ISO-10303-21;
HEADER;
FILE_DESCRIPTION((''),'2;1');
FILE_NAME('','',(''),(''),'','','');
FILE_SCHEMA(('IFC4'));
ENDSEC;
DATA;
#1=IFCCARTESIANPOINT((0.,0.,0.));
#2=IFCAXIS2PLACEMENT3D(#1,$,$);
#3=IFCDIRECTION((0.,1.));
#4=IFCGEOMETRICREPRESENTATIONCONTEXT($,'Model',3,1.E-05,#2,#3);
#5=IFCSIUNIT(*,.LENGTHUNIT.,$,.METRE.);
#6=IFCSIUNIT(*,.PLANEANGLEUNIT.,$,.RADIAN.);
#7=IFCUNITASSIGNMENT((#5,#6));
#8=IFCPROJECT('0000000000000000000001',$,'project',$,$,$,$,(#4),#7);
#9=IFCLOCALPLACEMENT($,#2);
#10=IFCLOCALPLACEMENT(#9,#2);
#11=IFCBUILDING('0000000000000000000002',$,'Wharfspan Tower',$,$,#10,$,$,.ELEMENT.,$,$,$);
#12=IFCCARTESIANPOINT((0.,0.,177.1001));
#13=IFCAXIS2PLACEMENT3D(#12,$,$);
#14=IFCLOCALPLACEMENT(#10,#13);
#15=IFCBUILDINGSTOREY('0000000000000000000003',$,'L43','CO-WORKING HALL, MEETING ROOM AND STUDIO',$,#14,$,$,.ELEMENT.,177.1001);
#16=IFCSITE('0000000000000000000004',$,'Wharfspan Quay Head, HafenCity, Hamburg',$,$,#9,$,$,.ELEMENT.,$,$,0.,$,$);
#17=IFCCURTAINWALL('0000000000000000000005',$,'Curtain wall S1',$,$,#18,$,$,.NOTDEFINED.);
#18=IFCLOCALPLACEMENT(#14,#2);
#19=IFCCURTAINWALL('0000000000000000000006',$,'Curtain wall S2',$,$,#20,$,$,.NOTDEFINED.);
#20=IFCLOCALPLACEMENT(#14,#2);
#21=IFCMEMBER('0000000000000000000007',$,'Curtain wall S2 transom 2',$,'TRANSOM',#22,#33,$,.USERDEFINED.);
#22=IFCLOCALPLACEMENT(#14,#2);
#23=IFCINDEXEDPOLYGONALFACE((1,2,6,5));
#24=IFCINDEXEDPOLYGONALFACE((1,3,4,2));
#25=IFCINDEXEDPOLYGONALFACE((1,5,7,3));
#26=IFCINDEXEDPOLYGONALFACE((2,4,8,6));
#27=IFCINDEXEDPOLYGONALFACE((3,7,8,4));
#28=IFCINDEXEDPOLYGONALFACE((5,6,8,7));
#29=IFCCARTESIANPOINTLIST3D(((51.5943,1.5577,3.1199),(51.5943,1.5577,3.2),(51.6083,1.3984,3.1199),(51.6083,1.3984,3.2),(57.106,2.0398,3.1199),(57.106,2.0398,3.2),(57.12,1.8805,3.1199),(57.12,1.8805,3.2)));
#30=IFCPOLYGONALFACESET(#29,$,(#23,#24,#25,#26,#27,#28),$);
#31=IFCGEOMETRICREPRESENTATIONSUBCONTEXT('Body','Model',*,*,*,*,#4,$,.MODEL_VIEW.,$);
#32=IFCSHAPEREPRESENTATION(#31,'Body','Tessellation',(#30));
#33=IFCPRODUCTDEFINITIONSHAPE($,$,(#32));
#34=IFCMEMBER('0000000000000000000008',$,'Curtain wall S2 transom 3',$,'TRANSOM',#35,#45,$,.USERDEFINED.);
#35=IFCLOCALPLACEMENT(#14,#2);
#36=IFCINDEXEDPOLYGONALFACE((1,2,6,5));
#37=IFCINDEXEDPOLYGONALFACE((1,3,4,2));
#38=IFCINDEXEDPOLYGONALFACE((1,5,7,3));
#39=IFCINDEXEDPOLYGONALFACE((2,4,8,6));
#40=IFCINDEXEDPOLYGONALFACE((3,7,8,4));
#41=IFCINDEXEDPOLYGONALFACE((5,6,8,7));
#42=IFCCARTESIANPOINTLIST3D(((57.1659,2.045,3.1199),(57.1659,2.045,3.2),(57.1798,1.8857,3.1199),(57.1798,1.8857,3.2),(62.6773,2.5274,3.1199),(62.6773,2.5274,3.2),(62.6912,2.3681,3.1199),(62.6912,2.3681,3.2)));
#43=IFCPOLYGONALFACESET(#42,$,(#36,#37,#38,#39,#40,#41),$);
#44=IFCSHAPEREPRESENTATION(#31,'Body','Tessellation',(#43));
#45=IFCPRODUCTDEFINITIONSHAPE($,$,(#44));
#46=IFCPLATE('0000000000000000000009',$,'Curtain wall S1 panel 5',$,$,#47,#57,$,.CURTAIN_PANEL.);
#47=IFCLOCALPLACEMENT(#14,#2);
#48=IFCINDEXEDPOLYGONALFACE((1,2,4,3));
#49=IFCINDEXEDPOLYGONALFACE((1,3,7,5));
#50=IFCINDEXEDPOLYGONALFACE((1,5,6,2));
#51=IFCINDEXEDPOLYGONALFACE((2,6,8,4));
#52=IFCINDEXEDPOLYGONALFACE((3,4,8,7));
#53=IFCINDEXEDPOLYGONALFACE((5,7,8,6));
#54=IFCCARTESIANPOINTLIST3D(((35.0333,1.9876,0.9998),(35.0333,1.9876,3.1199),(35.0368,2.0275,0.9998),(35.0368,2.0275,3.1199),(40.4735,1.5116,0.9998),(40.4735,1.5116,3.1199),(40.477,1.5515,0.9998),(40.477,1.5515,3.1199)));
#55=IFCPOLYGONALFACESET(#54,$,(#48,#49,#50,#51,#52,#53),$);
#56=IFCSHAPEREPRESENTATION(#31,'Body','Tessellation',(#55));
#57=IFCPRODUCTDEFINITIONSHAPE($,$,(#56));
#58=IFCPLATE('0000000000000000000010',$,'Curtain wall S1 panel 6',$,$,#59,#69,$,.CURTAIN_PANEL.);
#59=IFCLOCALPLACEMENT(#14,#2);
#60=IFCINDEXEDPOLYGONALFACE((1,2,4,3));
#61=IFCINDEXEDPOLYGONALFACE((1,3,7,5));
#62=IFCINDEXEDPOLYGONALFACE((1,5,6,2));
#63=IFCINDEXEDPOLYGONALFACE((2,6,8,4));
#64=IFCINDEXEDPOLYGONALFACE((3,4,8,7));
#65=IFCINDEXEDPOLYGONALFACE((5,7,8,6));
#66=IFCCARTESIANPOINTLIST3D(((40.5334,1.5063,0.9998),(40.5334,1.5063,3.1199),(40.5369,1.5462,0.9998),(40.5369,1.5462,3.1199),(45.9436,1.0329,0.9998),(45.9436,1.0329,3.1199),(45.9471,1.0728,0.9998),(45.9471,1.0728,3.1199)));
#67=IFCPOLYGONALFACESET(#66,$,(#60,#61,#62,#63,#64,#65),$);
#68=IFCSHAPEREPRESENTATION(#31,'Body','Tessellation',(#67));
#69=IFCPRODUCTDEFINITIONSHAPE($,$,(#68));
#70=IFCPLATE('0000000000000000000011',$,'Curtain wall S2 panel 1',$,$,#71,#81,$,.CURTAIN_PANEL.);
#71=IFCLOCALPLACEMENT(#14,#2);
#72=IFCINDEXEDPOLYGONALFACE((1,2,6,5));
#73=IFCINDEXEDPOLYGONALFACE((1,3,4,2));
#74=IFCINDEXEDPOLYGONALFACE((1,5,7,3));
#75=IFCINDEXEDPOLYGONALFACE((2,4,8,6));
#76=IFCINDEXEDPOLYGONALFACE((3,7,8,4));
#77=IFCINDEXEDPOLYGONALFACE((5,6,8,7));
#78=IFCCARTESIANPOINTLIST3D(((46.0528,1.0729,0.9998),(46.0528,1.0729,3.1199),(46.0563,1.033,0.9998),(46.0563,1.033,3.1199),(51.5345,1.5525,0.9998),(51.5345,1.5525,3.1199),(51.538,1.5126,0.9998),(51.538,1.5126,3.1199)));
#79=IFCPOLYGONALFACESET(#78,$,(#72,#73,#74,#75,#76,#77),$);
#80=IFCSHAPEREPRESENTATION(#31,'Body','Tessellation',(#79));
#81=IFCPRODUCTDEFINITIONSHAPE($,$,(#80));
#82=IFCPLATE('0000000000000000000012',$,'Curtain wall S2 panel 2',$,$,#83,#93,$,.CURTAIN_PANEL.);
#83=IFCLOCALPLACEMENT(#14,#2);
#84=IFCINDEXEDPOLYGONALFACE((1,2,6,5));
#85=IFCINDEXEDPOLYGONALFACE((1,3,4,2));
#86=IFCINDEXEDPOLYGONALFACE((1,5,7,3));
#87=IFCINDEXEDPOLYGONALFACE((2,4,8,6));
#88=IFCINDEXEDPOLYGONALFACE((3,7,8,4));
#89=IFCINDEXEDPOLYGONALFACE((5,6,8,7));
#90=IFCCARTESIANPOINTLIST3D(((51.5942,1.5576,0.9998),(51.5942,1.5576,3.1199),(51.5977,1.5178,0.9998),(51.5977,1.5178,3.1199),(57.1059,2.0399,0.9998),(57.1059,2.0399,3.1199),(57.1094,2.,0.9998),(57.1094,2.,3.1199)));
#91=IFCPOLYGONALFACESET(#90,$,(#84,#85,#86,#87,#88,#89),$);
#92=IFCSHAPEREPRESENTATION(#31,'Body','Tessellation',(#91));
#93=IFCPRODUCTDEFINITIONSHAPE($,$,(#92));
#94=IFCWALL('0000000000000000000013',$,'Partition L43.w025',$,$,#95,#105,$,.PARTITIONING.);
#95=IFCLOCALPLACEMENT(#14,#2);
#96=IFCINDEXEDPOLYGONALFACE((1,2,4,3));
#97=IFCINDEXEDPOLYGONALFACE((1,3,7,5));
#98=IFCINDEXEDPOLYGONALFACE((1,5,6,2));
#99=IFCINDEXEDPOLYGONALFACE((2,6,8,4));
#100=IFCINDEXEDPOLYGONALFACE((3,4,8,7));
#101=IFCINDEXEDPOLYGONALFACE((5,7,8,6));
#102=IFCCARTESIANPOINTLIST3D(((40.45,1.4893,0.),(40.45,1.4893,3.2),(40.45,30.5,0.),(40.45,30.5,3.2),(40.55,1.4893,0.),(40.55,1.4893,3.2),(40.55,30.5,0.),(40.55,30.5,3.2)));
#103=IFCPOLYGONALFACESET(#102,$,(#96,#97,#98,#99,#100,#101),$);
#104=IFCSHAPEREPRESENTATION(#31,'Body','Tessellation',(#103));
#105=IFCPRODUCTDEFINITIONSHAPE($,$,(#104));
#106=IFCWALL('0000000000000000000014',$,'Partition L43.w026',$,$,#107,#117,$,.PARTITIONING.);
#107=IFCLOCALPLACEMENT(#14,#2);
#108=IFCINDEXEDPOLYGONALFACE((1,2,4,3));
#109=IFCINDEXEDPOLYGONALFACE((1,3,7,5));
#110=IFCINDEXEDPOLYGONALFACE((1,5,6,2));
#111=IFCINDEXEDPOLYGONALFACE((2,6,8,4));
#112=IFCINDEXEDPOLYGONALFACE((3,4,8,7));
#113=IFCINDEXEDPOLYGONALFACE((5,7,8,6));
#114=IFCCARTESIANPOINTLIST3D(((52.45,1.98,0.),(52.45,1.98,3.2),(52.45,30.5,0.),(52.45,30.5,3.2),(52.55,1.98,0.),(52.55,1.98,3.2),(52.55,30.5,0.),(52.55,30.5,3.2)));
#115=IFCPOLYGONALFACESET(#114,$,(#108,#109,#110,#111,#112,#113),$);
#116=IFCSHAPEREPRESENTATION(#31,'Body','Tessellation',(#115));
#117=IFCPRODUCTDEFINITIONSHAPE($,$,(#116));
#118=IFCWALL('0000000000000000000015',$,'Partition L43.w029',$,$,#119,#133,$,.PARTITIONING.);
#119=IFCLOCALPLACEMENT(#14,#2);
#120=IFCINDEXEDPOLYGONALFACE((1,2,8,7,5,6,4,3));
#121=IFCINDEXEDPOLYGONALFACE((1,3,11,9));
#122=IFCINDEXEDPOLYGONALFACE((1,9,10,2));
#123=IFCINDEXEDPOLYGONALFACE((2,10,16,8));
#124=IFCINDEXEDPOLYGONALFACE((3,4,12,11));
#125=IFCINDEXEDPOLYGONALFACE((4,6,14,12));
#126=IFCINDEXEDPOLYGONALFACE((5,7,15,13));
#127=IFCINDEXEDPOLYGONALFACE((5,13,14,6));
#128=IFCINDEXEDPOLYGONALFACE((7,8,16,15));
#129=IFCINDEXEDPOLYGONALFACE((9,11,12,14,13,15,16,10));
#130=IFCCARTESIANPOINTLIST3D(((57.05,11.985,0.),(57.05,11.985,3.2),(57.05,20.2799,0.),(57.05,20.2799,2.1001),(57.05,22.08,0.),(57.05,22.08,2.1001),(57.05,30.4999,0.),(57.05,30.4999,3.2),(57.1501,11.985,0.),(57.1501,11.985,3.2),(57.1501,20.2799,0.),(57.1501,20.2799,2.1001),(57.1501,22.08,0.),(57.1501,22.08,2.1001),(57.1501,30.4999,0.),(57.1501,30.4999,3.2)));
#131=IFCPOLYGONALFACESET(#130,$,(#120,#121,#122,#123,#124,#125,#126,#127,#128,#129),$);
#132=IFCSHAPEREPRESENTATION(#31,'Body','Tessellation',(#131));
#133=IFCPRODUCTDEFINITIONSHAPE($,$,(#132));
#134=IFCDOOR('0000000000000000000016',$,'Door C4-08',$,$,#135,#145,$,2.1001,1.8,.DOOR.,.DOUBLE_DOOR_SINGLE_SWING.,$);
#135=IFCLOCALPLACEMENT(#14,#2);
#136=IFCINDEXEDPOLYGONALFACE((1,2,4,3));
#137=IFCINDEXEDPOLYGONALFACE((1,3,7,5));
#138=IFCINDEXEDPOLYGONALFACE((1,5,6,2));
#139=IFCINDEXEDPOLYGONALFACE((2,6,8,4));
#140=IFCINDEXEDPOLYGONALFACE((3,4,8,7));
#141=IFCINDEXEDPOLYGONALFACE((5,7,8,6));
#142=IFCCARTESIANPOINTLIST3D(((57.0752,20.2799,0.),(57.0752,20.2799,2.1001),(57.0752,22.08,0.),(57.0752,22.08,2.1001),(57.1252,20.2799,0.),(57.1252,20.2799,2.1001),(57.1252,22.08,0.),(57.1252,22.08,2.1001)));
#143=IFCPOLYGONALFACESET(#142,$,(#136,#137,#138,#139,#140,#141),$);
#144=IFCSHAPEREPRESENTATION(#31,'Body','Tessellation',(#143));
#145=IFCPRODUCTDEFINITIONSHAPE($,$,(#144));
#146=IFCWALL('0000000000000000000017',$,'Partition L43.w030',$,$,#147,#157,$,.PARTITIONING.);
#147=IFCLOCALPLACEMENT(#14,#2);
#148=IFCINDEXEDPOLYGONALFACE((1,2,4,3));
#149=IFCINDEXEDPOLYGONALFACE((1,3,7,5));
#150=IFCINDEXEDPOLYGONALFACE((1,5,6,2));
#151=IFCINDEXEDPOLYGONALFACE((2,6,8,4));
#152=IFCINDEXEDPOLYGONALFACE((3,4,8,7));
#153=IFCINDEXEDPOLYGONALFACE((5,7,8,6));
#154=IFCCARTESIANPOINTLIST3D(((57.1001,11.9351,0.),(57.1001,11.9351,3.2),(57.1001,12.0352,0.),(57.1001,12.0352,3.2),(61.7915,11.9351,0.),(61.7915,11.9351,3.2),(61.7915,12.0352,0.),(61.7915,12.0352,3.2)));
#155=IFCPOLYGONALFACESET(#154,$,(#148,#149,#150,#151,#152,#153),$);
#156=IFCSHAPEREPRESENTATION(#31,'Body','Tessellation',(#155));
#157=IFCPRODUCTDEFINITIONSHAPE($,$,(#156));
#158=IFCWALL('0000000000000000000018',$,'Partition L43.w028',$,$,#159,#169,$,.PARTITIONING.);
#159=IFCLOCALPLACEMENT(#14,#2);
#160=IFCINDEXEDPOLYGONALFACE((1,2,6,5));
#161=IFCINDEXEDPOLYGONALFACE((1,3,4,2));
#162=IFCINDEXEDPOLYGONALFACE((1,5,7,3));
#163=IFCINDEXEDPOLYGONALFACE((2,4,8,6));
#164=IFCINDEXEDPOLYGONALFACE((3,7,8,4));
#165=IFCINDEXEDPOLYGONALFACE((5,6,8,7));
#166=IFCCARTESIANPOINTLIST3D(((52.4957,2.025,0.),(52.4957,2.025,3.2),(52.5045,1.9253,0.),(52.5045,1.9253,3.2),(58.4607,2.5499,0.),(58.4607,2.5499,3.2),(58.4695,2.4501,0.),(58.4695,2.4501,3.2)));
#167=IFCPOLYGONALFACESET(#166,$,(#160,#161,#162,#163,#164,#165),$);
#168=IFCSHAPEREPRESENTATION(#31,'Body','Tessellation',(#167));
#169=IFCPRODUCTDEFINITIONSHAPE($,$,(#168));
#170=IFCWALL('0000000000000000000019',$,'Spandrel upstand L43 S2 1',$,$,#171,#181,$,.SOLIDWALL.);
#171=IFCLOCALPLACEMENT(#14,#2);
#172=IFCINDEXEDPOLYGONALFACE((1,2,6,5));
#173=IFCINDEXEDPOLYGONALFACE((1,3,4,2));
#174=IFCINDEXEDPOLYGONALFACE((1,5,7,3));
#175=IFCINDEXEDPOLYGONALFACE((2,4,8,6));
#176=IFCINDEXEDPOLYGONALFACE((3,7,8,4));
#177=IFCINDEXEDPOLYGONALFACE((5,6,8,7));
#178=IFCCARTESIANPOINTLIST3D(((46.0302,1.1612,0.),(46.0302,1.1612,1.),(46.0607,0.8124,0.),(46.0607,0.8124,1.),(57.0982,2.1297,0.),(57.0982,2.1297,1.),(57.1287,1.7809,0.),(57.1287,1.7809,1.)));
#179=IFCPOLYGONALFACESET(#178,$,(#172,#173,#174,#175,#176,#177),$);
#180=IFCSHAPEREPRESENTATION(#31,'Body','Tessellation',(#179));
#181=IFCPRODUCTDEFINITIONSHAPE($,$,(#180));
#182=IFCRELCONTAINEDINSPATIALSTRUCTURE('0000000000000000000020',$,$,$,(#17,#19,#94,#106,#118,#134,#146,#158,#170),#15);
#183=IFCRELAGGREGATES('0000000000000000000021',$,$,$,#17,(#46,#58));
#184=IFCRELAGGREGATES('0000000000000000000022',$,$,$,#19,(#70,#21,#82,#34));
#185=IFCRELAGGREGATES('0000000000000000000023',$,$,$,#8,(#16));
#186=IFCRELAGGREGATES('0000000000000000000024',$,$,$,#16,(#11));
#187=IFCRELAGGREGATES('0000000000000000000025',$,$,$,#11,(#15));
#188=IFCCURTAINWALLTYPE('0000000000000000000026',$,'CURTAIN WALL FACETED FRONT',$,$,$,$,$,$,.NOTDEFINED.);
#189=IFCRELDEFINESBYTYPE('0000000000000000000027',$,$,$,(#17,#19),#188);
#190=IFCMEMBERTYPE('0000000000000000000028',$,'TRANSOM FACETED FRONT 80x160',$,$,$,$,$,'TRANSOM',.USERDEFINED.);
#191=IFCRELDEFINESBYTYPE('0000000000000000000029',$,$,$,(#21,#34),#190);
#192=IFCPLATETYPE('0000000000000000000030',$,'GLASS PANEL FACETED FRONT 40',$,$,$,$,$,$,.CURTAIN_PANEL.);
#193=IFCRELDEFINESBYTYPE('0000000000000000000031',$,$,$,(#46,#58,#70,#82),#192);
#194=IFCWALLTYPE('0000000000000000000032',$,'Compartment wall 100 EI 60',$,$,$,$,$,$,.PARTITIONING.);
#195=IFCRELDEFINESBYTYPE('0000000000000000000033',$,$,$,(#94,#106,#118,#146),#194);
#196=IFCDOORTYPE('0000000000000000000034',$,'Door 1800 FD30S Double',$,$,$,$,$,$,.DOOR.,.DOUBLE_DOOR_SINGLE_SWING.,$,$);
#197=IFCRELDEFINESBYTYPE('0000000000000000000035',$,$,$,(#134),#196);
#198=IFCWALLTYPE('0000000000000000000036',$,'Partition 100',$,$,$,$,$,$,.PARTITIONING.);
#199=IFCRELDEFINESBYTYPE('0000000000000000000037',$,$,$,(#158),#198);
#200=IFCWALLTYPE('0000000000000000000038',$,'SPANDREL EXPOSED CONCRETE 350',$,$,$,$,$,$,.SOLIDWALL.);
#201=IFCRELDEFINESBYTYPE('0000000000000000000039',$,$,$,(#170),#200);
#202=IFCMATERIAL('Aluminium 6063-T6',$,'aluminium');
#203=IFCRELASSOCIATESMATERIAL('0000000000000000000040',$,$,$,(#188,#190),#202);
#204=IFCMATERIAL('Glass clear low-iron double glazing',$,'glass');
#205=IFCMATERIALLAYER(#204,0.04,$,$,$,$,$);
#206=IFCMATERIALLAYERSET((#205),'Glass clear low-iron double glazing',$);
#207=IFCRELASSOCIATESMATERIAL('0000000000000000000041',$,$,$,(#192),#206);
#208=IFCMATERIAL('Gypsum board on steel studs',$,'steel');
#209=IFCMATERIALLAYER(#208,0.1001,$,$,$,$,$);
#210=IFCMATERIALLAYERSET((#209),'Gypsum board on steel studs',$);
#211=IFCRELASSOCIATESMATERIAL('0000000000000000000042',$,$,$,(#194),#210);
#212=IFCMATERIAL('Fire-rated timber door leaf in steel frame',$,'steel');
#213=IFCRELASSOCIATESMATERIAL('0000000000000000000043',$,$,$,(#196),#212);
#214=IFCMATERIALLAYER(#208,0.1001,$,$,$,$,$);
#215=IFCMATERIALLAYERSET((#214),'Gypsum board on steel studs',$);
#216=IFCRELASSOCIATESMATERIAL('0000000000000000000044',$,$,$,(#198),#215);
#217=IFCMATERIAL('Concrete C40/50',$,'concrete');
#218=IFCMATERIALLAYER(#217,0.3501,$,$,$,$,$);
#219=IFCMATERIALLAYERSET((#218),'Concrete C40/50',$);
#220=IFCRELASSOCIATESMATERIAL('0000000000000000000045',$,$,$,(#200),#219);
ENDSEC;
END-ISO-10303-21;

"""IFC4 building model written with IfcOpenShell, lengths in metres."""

from ifc_helpers import new_model, si_unit, direction, frame, frame_2d, origin, origin_2d, place, context, subcontext, project, spatial, rectangle, extrude, material, layer, layer_set, material_profile, profile_set, type_object, element, fill, aggregate, save


model = new_model("IFC4")

# Units and contexts
model_context = context("Model", 3, precision=1e-05, world=origin(), true_north=direction((0.0, 1.0)))
body_context = subcontext(model_context, "Body", "Model", "MODEL_VIEW")
ifc_project = project(units=[si_unit("LENGTHUNIT", "METRE"), si_unit("PLANEANGLEUNIT", "RADIAN")], contexts=[model_context])

# Site, building, storey
site_placement = place(None, origin())
site = spatial("IfcSite", under=ifc_project, at=site_placement, Name="Wharfspan Quay Head, HafenCity, Hamburg", CompositionType="ELEMENT", RefElevation=0.0)
building_placement = place(site_placement, origin())
building = spatial("IfcBuilding", under=site, at=building_placement, Name="Wharfspan Tower", CompositionType="ELEMENT")
storey_placement = place(building_placement, frame((0.0, 0.0, 177.1001)))
storey = spatial("IfcBuildingStorey", under=building, at=storey_placement, Name="L43", Description="CO-WORKING HALL, MEETING ROOM AND STUDIO", CompositionType="ELEMENT", Elevation=177.1001)

# Curtain walls
ifc_material_1 = material(Name="Aluminium 6063-T6", Category="aluminium")
curtain_wall_type = type_object("IfcCurtainWallType", Name="CURTAIN WALL FACETED FRONT", PredefinedType="NOTDEFINED", material=ifc_material_1)
curtain_wall_1_placement = place(storey_placement, origin())
curtain_wall_1 = element("IfcCurtainWall", 1, at=curtain_wall_1_placement, inside=storey, type_object=curtain_wall_type, Name="Curtain wall S1", PredefinedType="NOTDEFINED")
curtain_wall_2_placement = place(storey_placement, origin())
curtain_wall_2 = element("IfcCurtainWall", 2, at=curtain_wall_2_placement, inside=storey, type_object=curtain_wall_type, Name="Curtain wall S2", PredefinedType="NOTDEFINED")

# Members
ifc_material_profile_1 = material_profile(ifc_material_1, rectangle(XDim=0.1599, YDim=0.0801, at=origin_2d()))
ifc_profile_set_1 = profile_set([ifc_material_profile_1], Name="Aluminium 6063-T6")
member_type_1 = type_object("IfcMemberType", Name="TRANSOM FACETED FRONT 80x160", ElementType="TRANSOM", PredefinedType="USERDEFINED", material=ifc_profile_set_1)
member_1_placement = place(storey_placement, frame((51.6013, 1.478, 3.1599), z_axis=(0.996195, 0.087149, 0.0), x_axis=(-0.087149, 0.996195, 0.0)))
member_1 = element("IfcMember", 3, at=member_1_placement, type_object=member_type_1, Name="Curtain wall S2 transom 2", ObjectType="TRANSOM", PredefinedType="USERDEFINED", context=body_context, shape_type="SweptSolid", body=[
    extrude(rectangle(XDim=0.1599, YDim=0.0801, at=origin_2d()), origin(), (0.0, 0.0, 1.0), 5.5327),
])
member_2_placement = place(storey_placement, frame((57.1729, 1.9653, 3.1599), z_axis=(0.996191, 0.087197, 0.0), x_axis=(-0.087197, 0.996191, 0.0)))
member_2 = element("IfcMember", 4, at=member_2_placement, type_object=member_type_1, Name="Curtain wall S2 transom 3", ObjectType="TRANSOM", PredefinedType="USERDEFINED", context=body_context, shape_type="SweptSolid", body=[
    extrude(rectangle(XDim=0.1599, YDim=0.0801, at=origin_2d()), origin(), (0.0, 0.0, 1.0), 5.5325),
])

# Plates
ifc_material_2 = material(Name="Glass clear low-iron double glazing", Category="glass")
ifc_layer_1 = layer(ifc_material_2, 0.04)
ifc_layer_set_1 = layer_set([ifc_layer_1], Name="Glass clear low-iron double glazing")
plate_type = type_object("IfcPlateType", Name="GLASS PANEL FACETED FRONT 40", PredefinedType="CURTAIN_PANEL", material=ifc_layer_set_1)
plate_1_placement = place(storey_placement, frame((37.7551, 1.7695, 0.9998), z_axis=(0.0, 0.0, 1.0), x_axis=(0.996198, -0.087156, 0.0)))
plate_1 = element("IfcPlate", 5, at=plate_1_placement, type_object=plate_type, Name="Curtain wall S1 panel 5", PredefinedType="CURTAIN_PANEL", context=body_context, shape_type="SweptSolid", body=[
    extrude(rectangle(XDim=5.4609, YDim=0.04, at=origin_2d()), origin(), (0.0, 0.0, 1.0), 2.1201),
])
plate_2_placement = place(storey_placement, frame((43.2402, 1.2896, 0.9998), z_axis=(0.0, 0.0, 1.0), x_axis=(0.996198, -0.087156, 0.0)))
plate_2 = element("IfcPlate", 6, at=plate_2_placement, type_object=plate_type, Name="Curtain wall S1 panel 6", PredefinedType="CURTAIN_PANEL", context=body_context, shape_type="SweptSolid", body=[
    extrude(rectangle(XDim=5.4309, YDim=0.04, at=origin_2d()), origin(), (0.0, 0.0, 1.0), 2.1201),
])
aggregate(curtain_wall_1, [plate_1, plate_2])
plate_3_placement = place(storey_placement, frame((48.7954, 1.2927, 0.9998), z_axis=(0.0, 0.0, 1.0), x_axis=(0.996198, 0.087156, 0.0)))
plate_3 = element("IfcPlate", 7, at=plate_3_placement, type_object=plate_type, Name="Curtain wall S2 panel 1", PredefinedType="CURTAIN_PANEL", context=body_context, shape_type="SweptSolid", body=[
    extrude(rectangle(XDim=5.5027, YDim=0.04, at=origin_2d()), origin(), (0.0, 0.0, 1.0), 2.1201),
])
plate_4_placement = place(storey_placement, frame((54.3518, 1.7788, 0.9998), z_axis=(0.0, 0.0, 1.0), x_axis=(0.996198, 0.087156, 0.0)))
plate_4 = element("IfcPlate", 8, at=plate_4_placement, type_object=plate_type, Name="Curtain wall S2 panel 2", PredefinedType="CURTAIN_PANEL", context=body_context, shape_type="SweptSolid", body=[
    extrude(rectangle(XDim=5.5327, YDim=0.04, at=origin_2d()), origin(), (0.0, 0.0, 1.0), 2.1201),
])
aggregate(curtain_wall_2, [plate_3, member_1, plate_4, member_2])

# Walls
ifc_material_3 = material(Name="Gypsum board on steel studs", Category="steel")
ifc_layer_2 = layer(ifc_material_3, 0.1001)
ifc_layer_set_2 = layer_set([ifc_layer_2], Name="Gypsum board on steel studs")
wall_type_1 = type_object("IfcWallType", Name="Compartment wall 100 EI 60", PredefinedType="PARTITIONING", material=ifc_layer_set_2)
wall_1_placement = place(storey_placement, frame((40.5, 1.4893, 0.0), z_axis=(0.0, 0.0, 1.0), x_axis=(0.0, 1.0, 0.0)))
element("IfcWall", 9, at=wall_1_placement, inside=storey, type_object=wall_type_1, Name="Partition L43.w025", PredefinedType="PARTITIONING", context=body_context, shape_type="SweptSolid", body=[
    extrude(rectangle(XDim=29.0107, YDim=0.1001, at=frame_2d((14.5054, 0.0))), origin(), (0.0, 0.0, 1.0), 3.2),
])
wall_2_placement = place(storey_placement, frame((52.5, 1.98, 0.0), z_axis=(0.0, 0.0, 1.0), x_axis=(0.0, 1.0, 0.0)))
element("IfcWall", 10, at=wall_2_placement, inside=storey, type_object=wall_type_1, Name="Partition L43.w026", PredefinedType="PARTITIONING", context=body_context, shape_type="SweptSolid", body=[
    extrude(rectangle(XDim=28.52, YDim=0.1001, at=frame_2d((14.26, 0.0))), origin(), (0.0, 0.0, 1.0), 3.2),
])

# Wall, opening, door
wall_3_placement = place(storey_placement, frame((57.1001, 11.9851, 0.0), z_axis=(0.0, 0.0, 1.0), x_axis=(0.0, 1.0, 0.0)))
wall_3 = element("IfcWall", 11, at=wall_3_placement, inside=storey, type_object=wall_type_1, Name="Partition L43.w029", PredefinedType="PARTITIONING", context=body_context, shape_type="SweptSolid", body=[
    extrude(rectangle(XDim=18.5149, YDim=0.1001, at=frame_2d((9.2573, 0.0))), origin(), (0.0, 0.0, 1.0), 3.2),
])
opening_placement = place(wall_3_placement, frame((8.2949, 0.0, 0.0)))
opening = element("IfcOpeningElement", 12, at=opening_placement, cuts=wall_3, PredefinedType="OPENING", context=body_context, shape_type="SweptSolid", body=[
    extrude(rectangle(XDim=1.8, YDim=2.1001, at=frame_2d((0.8999, 1.05))), frame((0.0, 0.0601, 0.0), z_axis=(0.0, -1.0, 0.0), x_axis=(1.0, 0.0, 0.0)), (0.0, 0.0, 1.0), 0.1201),
])
ifc_material_4 = material(Name="Fire-rated timber door leaf in steel frame", Category="steel")
door_type = type_object("IfcDoorType", Name="Door 1800 FD30S Double", OperationType="DOUBLE_DOOR_SINGLE_SWING", PredefinedType="DOOR", material=ifc_material_4)
door_placement = place(opening_placement, origin())
door = element("IfcDoor", 13, at=door_placement, inside=storey, type_object=door_type, Name="Door C4-08", OperationType="DOUBLE_DOOR_SINGLE_SWING", OverallHeight=2.1001, OverallWidth=1.8, PredefinedType="DOOR", context=body_context, shape_type="SweptSolid", body=[
    extrude(rectangle(XDim=1.8, YDim=2.1001, at=frame_2d((0.8999, 1.05))), frame((0.0, 0.0249, 0.0), z_axis=(0.0, -1.0, 0.0), x_axis=(1.0, 0.0, 0.0)), (0.0, 0.0, 1.0), 0.05),
])
fill(opening, door)

# Walls
wall_4_placement = place(storey_placement, frame((57.1001, 11.9851, 0.0), z_axis=(0.0, 0.0, 1.0), x_axis=(1.0, 0.0, 0.0)))
element("IfcWall", 14, at=wall_4_placement, inside=storey, type_object=wall_type_1, Name="Partition L43.w030", PredefinedType="PARTITIONING", context=body_context, shape_type="SweptSolid", body=[
    extrude(rectangle(XDim=4.6914, YDim=0.1001, at=frame_2d((2.3457, 0.0))), origin(), (0.0, 0.0, 1.0), 3.2),
])
ifc_layer_3 = layer(ifc_material_3, 0.1001)
ifc_layer_set_3 = layer_set([ifc_layer_3], Name="Gypsum board on steel studs")
wall_type_2 = type_object("IfcWallType", Name="Partition 100", PredefinedType="PARTITIONING", material=ifc_layer_set_3)
wall_5_placement = place(storey_placement, frame((52.5, 1.9751, 0.0), z_axis=(0.0, 0.0, 1.0), x_axis=(0.99615, 0.087657, 0.0)))
element("IfcWall", 15, at=wall_5_placement, inside=storey, type_object=wall_type_2, Name="Partition L43.w028", PredefinedType="PARTITIONING", context=body_context, shape_type="SweptSolid", body=[
    extrude(rectangle(XDim=5.988, YDim=0.1001, at=frame_2d((2.9941, 0.0))), origin(), (0.0, 0.0, 1.0), 3.2),
])
ifc_material_5 = material(Name="Concrete C40/50", Category="concrete")
ifc_layer_4 = layer(ifc_material_5, 0.3501)
ifc_layer_set_4 = layer_set([ifc_layer_4], Name="Concrete C40/50")
wall_type_3 = type_object("IfcWallType", Name="SPANDREL EXPOSED CONCRETE 350", PredefinedType="SOLIDWALL", material=ifc_layer_set_4)
wall_6_placement = place(storey_placement, frame((46.0454, 0.9868, 0.0), z_axis=(0.0, 0.0, 1.0), x_axis=(0.996193, 0.087171, 0.0)))
element("IfcWall", 16, at=wall_6_placement, inside=storey, type_object=wall_type_3, Name="Spandrel upstand L43 S2 1", PredefinedType="SOLIDWALL", context=body_context, shape_type="SweptSolid", body=[
    extrude(rectangle(XDim=11.1104, YDim=0.3501, at=frame_2d((5.5552, 0.0))), origin(), (0.0, 0.0, 1.0), 1.0),
])

save(model, "model.ifc")
